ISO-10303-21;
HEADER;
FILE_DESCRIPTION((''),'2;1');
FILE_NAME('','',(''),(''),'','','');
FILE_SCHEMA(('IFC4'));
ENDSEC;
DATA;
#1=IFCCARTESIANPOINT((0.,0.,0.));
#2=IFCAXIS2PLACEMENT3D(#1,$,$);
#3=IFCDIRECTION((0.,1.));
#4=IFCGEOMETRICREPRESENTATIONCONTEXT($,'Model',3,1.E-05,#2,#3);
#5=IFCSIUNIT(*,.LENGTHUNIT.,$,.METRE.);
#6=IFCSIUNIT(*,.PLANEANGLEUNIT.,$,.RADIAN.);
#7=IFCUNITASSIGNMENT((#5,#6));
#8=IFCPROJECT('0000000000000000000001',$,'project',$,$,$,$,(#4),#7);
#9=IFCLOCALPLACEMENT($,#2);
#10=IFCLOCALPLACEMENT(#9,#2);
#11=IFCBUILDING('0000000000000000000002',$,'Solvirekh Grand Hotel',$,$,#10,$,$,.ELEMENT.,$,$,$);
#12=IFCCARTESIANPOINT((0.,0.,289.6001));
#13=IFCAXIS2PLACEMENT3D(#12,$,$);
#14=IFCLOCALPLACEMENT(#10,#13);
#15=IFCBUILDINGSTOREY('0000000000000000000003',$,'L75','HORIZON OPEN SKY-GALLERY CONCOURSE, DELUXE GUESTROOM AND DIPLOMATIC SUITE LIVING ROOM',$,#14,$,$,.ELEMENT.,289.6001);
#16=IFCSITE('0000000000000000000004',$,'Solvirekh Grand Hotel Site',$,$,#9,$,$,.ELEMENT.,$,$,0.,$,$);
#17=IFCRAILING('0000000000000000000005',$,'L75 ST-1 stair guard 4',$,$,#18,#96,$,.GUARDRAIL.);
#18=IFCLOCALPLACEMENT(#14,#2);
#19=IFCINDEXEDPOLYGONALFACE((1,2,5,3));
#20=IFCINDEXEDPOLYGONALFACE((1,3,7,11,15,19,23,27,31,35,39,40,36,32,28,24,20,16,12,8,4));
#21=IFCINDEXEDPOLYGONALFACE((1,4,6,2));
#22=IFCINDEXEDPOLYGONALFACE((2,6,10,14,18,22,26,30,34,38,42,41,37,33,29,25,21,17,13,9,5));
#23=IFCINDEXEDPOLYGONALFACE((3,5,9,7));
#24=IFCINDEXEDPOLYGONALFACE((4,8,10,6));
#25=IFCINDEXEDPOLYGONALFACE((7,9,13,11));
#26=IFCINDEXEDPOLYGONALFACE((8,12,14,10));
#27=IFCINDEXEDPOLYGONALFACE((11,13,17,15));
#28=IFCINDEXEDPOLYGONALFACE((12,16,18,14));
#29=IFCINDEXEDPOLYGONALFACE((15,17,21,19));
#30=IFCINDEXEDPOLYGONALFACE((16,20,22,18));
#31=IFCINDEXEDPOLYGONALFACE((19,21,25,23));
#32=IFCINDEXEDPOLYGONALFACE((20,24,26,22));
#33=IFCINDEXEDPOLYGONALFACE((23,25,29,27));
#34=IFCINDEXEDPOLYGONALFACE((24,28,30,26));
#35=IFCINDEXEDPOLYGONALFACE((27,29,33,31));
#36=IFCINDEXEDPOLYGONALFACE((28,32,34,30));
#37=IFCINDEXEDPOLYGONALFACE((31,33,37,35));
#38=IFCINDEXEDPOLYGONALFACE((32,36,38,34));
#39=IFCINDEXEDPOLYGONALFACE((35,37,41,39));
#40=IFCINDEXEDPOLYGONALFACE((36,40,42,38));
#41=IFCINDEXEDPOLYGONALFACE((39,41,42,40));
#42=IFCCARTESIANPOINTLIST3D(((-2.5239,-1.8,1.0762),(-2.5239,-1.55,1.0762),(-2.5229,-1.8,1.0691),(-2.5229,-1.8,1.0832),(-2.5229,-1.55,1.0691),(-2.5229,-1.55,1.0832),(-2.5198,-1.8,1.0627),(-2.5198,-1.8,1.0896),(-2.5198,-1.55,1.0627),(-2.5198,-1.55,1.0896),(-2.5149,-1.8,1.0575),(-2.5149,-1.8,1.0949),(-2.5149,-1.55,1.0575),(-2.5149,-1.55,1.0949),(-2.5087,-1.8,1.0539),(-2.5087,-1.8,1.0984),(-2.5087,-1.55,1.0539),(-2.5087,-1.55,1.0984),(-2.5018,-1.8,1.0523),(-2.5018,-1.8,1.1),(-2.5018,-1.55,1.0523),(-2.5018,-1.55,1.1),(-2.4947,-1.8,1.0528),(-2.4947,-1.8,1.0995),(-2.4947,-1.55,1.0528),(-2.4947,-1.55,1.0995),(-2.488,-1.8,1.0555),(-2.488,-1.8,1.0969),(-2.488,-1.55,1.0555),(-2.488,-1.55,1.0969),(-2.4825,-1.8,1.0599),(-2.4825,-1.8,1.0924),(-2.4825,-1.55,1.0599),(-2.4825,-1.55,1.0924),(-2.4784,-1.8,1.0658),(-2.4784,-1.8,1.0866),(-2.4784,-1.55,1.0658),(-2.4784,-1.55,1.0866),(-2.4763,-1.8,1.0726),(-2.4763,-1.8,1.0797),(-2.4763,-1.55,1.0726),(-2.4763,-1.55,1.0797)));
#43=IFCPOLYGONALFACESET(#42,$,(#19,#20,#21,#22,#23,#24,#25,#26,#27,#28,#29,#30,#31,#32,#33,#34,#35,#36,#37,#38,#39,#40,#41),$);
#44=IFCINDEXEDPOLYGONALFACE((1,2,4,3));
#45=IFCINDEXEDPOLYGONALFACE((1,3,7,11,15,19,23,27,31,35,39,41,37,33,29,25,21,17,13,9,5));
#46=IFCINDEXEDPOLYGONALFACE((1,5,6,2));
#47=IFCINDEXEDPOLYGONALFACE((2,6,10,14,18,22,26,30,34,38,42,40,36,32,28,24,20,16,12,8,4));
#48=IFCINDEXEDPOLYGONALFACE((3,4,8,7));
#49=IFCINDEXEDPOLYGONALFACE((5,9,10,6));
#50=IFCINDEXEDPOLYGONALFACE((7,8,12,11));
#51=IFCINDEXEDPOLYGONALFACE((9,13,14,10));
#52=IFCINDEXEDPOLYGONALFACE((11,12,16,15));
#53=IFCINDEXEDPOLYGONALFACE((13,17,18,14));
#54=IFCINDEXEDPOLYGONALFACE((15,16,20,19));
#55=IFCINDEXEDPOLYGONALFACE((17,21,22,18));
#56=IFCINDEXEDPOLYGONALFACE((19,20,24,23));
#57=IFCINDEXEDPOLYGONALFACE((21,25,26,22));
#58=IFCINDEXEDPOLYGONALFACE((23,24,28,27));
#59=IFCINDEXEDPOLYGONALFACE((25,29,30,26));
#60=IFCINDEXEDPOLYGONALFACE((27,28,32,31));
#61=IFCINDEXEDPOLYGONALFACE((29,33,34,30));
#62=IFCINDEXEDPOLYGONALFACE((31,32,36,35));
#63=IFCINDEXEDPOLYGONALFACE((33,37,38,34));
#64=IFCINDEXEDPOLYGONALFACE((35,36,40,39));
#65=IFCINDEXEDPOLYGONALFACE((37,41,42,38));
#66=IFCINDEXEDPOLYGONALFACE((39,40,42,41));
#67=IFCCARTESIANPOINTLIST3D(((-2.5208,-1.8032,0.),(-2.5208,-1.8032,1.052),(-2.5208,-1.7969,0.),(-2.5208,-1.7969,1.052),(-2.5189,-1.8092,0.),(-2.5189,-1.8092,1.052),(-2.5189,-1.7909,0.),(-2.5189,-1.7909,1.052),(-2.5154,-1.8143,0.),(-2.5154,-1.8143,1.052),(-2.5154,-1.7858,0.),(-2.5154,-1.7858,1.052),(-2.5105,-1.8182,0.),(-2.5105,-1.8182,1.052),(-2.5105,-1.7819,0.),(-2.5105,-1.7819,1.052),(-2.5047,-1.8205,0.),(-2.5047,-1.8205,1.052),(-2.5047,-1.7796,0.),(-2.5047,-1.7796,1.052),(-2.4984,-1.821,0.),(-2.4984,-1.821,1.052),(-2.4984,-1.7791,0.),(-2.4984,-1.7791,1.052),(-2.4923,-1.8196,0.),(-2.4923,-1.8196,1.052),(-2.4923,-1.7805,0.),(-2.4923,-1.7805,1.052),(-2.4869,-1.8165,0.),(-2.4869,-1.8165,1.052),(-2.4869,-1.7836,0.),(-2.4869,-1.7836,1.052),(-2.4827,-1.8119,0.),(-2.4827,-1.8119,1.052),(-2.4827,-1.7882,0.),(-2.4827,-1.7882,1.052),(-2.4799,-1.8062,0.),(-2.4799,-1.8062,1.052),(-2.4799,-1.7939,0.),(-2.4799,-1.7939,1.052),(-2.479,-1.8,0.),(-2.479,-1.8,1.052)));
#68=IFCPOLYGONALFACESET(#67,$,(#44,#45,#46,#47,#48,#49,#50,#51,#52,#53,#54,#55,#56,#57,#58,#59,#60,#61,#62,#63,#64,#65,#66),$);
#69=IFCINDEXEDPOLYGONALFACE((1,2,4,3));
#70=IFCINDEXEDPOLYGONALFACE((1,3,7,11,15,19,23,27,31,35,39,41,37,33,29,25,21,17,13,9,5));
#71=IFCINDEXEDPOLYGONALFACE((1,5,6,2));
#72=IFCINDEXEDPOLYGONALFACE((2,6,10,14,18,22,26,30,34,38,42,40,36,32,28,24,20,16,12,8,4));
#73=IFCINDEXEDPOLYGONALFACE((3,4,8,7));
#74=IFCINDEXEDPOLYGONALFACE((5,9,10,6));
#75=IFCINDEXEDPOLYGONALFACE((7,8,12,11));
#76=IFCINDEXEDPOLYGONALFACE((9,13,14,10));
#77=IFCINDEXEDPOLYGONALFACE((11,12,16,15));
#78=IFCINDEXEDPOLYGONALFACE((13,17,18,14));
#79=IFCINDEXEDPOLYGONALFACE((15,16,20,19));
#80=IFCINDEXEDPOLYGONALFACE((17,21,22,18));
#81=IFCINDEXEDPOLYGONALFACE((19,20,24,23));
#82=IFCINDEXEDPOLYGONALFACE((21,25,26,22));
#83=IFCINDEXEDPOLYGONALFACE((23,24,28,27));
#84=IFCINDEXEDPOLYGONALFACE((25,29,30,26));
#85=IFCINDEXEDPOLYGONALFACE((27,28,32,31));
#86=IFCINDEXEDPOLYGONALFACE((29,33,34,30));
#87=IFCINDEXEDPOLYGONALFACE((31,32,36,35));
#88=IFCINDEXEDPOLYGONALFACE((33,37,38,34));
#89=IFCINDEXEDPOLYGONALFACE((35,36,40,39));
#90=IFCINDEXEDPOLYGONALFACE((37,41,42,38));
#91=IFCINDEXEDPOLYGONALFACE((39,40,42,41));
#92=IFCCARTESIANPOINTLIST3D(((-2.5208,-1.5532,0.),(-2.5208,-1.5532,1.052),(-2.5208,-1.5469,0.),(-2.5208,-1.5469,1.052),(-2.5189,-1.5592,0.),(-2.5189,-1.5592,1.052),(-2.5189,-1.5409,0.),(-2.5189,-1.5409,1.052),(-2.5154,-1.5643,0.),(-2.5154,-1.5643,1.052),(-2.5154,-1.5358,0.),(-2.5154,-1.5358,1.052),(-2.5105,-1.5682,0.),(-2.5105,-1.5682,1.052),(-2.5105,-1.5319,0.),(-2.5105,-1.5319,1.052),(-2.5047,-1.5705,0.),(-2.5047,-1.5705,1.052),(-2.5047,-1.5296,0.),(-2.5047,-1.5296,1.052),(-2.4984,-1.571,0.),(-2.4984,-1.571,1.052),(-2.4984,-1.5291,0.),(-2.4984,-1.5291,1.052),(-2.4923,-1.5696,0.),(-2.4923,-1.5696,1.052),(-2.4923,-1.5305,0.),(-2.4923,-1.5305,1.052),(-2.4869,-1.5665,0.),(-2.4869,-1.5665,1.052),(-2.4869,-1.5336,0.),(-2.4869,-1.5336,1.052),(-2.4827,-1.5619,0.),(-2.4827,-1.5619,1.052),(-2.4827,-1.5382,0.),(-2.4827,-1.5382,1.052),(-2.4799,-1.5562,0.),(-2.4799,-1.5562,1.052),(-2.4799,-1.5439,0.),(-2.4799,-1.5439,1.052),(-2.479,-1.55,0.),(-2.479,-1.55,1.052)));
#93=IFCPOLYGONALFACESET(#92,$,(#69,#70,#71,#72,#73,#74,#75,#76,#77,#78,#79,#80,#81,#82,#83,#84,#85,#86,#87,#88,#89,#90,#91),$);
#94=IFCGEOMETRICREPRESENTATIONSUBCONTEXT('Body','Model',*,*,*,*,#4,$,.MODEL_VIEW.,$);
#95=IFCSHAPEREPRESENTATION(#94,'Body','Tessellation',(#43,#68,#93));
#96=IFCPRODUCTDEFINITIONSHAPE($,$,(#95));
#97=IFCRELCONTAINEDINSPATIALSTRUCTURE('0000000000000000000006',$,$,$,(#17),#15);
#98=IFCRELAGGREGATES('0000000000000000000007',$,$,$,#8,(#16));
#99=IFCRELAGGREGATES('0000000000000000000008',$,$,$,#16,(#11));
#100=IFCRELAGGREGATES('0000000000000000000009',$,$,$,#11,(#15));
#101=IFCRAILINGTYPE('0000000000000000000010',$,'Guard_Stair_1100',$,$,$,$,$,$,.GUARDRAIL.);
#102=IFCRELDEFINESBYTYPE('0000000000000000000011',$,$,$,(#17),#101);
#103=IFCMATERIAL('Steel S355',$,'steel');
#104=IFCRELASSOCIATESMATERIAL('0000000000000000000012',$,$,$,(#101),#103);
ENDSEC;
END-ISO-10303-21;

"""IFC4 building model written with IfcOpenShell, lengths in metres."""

from ifc_helpers import new_model, si_unit, direction, frame, origin, origin_2d, place, context, subcontext, project, spatial, circle, extrude, material, type_object, element, save


model = new_model("IFC4")

# Units and contexts
model_context = context("Model", 3, precision=1e-05, world=origin(), true_north=direction((0.0, 1.0)))
body_context = subcontext(model_context, "Body", "Model", "MODEL_VIEW")
ifc_project = project(units=[si_unit("LENGTHUNIT", "METRE"), si_unit("PLANEANGLEUNIT", "RADIAN")], contexts=[model_context])

# Site, building, storey
site_placement = place(None, origin())
site = spatial("IfcSite", under=ifc_project, at=site_placement, Name="Solvirekh Grand Hotel Site", CompositionType="ELEMENT", RefElevation=0.0)
building_placement = place(site_placement, origin())
building = spatial("IfcBuilding", under=site, at=building_placement, Name="Solvirekh Grand Hotel", CompositionType="ELEMENT")
storey_placement = place(building_placement, frame((0.0, 0.0, 289.6001)))
storey = spatial("IfcBuildingStorey", under=building, at=storey_placement, Name="L75", Description="HORIZON OPEN SKY-GALLERY CONCOURSE, DELUXE GUESTROOM AND DIPLOMATIC SUITE LIVING ROOM", CompositionType="ELEMENT", Elevation=289.6001)

# Shared definitions
ifc_material_1 = material(Name="Steel S355", Category="steel")

# Railing
railing_type_1 = type_object("IfcRailingType", Name="Guard_Stair_1100", PredefinedType="GUARDRAIL", material=ifc_material_1)
railing_1_placement = place(storey_placement, frame((-2.5, -1.8, 0.0)))
element("IfcRailing", 1, at=railing_1_placement, inside=storey, type_object=railing_type_1, Name="L75 ST-1 stair guard 4", PredefinedType="GUARDRAIL", context=body_context, shape_type="SweptSolid", body=[
    extrude(circle(Radius=0.0239, at=origin_2d()), frame((0.0, 0.0, 1.0762), z_axis=(0.0, 1.0, 0.0), x_axis=(-1.0, 0.0, 0.0)), (0.0, 0.0, 1.0), 0.25),
    extrude(circle(Radius=0.021, at=origin_2d()), origin(), (0.0, 0.0, 1.0), 1.052),
    extrude(circle(Radius=0.021, at=origin_2d()), frame((0.0, 0.25, 0.0)), (0.0, 0.0, 1.0), 1.052),
])

save(model, "model.ifc")
